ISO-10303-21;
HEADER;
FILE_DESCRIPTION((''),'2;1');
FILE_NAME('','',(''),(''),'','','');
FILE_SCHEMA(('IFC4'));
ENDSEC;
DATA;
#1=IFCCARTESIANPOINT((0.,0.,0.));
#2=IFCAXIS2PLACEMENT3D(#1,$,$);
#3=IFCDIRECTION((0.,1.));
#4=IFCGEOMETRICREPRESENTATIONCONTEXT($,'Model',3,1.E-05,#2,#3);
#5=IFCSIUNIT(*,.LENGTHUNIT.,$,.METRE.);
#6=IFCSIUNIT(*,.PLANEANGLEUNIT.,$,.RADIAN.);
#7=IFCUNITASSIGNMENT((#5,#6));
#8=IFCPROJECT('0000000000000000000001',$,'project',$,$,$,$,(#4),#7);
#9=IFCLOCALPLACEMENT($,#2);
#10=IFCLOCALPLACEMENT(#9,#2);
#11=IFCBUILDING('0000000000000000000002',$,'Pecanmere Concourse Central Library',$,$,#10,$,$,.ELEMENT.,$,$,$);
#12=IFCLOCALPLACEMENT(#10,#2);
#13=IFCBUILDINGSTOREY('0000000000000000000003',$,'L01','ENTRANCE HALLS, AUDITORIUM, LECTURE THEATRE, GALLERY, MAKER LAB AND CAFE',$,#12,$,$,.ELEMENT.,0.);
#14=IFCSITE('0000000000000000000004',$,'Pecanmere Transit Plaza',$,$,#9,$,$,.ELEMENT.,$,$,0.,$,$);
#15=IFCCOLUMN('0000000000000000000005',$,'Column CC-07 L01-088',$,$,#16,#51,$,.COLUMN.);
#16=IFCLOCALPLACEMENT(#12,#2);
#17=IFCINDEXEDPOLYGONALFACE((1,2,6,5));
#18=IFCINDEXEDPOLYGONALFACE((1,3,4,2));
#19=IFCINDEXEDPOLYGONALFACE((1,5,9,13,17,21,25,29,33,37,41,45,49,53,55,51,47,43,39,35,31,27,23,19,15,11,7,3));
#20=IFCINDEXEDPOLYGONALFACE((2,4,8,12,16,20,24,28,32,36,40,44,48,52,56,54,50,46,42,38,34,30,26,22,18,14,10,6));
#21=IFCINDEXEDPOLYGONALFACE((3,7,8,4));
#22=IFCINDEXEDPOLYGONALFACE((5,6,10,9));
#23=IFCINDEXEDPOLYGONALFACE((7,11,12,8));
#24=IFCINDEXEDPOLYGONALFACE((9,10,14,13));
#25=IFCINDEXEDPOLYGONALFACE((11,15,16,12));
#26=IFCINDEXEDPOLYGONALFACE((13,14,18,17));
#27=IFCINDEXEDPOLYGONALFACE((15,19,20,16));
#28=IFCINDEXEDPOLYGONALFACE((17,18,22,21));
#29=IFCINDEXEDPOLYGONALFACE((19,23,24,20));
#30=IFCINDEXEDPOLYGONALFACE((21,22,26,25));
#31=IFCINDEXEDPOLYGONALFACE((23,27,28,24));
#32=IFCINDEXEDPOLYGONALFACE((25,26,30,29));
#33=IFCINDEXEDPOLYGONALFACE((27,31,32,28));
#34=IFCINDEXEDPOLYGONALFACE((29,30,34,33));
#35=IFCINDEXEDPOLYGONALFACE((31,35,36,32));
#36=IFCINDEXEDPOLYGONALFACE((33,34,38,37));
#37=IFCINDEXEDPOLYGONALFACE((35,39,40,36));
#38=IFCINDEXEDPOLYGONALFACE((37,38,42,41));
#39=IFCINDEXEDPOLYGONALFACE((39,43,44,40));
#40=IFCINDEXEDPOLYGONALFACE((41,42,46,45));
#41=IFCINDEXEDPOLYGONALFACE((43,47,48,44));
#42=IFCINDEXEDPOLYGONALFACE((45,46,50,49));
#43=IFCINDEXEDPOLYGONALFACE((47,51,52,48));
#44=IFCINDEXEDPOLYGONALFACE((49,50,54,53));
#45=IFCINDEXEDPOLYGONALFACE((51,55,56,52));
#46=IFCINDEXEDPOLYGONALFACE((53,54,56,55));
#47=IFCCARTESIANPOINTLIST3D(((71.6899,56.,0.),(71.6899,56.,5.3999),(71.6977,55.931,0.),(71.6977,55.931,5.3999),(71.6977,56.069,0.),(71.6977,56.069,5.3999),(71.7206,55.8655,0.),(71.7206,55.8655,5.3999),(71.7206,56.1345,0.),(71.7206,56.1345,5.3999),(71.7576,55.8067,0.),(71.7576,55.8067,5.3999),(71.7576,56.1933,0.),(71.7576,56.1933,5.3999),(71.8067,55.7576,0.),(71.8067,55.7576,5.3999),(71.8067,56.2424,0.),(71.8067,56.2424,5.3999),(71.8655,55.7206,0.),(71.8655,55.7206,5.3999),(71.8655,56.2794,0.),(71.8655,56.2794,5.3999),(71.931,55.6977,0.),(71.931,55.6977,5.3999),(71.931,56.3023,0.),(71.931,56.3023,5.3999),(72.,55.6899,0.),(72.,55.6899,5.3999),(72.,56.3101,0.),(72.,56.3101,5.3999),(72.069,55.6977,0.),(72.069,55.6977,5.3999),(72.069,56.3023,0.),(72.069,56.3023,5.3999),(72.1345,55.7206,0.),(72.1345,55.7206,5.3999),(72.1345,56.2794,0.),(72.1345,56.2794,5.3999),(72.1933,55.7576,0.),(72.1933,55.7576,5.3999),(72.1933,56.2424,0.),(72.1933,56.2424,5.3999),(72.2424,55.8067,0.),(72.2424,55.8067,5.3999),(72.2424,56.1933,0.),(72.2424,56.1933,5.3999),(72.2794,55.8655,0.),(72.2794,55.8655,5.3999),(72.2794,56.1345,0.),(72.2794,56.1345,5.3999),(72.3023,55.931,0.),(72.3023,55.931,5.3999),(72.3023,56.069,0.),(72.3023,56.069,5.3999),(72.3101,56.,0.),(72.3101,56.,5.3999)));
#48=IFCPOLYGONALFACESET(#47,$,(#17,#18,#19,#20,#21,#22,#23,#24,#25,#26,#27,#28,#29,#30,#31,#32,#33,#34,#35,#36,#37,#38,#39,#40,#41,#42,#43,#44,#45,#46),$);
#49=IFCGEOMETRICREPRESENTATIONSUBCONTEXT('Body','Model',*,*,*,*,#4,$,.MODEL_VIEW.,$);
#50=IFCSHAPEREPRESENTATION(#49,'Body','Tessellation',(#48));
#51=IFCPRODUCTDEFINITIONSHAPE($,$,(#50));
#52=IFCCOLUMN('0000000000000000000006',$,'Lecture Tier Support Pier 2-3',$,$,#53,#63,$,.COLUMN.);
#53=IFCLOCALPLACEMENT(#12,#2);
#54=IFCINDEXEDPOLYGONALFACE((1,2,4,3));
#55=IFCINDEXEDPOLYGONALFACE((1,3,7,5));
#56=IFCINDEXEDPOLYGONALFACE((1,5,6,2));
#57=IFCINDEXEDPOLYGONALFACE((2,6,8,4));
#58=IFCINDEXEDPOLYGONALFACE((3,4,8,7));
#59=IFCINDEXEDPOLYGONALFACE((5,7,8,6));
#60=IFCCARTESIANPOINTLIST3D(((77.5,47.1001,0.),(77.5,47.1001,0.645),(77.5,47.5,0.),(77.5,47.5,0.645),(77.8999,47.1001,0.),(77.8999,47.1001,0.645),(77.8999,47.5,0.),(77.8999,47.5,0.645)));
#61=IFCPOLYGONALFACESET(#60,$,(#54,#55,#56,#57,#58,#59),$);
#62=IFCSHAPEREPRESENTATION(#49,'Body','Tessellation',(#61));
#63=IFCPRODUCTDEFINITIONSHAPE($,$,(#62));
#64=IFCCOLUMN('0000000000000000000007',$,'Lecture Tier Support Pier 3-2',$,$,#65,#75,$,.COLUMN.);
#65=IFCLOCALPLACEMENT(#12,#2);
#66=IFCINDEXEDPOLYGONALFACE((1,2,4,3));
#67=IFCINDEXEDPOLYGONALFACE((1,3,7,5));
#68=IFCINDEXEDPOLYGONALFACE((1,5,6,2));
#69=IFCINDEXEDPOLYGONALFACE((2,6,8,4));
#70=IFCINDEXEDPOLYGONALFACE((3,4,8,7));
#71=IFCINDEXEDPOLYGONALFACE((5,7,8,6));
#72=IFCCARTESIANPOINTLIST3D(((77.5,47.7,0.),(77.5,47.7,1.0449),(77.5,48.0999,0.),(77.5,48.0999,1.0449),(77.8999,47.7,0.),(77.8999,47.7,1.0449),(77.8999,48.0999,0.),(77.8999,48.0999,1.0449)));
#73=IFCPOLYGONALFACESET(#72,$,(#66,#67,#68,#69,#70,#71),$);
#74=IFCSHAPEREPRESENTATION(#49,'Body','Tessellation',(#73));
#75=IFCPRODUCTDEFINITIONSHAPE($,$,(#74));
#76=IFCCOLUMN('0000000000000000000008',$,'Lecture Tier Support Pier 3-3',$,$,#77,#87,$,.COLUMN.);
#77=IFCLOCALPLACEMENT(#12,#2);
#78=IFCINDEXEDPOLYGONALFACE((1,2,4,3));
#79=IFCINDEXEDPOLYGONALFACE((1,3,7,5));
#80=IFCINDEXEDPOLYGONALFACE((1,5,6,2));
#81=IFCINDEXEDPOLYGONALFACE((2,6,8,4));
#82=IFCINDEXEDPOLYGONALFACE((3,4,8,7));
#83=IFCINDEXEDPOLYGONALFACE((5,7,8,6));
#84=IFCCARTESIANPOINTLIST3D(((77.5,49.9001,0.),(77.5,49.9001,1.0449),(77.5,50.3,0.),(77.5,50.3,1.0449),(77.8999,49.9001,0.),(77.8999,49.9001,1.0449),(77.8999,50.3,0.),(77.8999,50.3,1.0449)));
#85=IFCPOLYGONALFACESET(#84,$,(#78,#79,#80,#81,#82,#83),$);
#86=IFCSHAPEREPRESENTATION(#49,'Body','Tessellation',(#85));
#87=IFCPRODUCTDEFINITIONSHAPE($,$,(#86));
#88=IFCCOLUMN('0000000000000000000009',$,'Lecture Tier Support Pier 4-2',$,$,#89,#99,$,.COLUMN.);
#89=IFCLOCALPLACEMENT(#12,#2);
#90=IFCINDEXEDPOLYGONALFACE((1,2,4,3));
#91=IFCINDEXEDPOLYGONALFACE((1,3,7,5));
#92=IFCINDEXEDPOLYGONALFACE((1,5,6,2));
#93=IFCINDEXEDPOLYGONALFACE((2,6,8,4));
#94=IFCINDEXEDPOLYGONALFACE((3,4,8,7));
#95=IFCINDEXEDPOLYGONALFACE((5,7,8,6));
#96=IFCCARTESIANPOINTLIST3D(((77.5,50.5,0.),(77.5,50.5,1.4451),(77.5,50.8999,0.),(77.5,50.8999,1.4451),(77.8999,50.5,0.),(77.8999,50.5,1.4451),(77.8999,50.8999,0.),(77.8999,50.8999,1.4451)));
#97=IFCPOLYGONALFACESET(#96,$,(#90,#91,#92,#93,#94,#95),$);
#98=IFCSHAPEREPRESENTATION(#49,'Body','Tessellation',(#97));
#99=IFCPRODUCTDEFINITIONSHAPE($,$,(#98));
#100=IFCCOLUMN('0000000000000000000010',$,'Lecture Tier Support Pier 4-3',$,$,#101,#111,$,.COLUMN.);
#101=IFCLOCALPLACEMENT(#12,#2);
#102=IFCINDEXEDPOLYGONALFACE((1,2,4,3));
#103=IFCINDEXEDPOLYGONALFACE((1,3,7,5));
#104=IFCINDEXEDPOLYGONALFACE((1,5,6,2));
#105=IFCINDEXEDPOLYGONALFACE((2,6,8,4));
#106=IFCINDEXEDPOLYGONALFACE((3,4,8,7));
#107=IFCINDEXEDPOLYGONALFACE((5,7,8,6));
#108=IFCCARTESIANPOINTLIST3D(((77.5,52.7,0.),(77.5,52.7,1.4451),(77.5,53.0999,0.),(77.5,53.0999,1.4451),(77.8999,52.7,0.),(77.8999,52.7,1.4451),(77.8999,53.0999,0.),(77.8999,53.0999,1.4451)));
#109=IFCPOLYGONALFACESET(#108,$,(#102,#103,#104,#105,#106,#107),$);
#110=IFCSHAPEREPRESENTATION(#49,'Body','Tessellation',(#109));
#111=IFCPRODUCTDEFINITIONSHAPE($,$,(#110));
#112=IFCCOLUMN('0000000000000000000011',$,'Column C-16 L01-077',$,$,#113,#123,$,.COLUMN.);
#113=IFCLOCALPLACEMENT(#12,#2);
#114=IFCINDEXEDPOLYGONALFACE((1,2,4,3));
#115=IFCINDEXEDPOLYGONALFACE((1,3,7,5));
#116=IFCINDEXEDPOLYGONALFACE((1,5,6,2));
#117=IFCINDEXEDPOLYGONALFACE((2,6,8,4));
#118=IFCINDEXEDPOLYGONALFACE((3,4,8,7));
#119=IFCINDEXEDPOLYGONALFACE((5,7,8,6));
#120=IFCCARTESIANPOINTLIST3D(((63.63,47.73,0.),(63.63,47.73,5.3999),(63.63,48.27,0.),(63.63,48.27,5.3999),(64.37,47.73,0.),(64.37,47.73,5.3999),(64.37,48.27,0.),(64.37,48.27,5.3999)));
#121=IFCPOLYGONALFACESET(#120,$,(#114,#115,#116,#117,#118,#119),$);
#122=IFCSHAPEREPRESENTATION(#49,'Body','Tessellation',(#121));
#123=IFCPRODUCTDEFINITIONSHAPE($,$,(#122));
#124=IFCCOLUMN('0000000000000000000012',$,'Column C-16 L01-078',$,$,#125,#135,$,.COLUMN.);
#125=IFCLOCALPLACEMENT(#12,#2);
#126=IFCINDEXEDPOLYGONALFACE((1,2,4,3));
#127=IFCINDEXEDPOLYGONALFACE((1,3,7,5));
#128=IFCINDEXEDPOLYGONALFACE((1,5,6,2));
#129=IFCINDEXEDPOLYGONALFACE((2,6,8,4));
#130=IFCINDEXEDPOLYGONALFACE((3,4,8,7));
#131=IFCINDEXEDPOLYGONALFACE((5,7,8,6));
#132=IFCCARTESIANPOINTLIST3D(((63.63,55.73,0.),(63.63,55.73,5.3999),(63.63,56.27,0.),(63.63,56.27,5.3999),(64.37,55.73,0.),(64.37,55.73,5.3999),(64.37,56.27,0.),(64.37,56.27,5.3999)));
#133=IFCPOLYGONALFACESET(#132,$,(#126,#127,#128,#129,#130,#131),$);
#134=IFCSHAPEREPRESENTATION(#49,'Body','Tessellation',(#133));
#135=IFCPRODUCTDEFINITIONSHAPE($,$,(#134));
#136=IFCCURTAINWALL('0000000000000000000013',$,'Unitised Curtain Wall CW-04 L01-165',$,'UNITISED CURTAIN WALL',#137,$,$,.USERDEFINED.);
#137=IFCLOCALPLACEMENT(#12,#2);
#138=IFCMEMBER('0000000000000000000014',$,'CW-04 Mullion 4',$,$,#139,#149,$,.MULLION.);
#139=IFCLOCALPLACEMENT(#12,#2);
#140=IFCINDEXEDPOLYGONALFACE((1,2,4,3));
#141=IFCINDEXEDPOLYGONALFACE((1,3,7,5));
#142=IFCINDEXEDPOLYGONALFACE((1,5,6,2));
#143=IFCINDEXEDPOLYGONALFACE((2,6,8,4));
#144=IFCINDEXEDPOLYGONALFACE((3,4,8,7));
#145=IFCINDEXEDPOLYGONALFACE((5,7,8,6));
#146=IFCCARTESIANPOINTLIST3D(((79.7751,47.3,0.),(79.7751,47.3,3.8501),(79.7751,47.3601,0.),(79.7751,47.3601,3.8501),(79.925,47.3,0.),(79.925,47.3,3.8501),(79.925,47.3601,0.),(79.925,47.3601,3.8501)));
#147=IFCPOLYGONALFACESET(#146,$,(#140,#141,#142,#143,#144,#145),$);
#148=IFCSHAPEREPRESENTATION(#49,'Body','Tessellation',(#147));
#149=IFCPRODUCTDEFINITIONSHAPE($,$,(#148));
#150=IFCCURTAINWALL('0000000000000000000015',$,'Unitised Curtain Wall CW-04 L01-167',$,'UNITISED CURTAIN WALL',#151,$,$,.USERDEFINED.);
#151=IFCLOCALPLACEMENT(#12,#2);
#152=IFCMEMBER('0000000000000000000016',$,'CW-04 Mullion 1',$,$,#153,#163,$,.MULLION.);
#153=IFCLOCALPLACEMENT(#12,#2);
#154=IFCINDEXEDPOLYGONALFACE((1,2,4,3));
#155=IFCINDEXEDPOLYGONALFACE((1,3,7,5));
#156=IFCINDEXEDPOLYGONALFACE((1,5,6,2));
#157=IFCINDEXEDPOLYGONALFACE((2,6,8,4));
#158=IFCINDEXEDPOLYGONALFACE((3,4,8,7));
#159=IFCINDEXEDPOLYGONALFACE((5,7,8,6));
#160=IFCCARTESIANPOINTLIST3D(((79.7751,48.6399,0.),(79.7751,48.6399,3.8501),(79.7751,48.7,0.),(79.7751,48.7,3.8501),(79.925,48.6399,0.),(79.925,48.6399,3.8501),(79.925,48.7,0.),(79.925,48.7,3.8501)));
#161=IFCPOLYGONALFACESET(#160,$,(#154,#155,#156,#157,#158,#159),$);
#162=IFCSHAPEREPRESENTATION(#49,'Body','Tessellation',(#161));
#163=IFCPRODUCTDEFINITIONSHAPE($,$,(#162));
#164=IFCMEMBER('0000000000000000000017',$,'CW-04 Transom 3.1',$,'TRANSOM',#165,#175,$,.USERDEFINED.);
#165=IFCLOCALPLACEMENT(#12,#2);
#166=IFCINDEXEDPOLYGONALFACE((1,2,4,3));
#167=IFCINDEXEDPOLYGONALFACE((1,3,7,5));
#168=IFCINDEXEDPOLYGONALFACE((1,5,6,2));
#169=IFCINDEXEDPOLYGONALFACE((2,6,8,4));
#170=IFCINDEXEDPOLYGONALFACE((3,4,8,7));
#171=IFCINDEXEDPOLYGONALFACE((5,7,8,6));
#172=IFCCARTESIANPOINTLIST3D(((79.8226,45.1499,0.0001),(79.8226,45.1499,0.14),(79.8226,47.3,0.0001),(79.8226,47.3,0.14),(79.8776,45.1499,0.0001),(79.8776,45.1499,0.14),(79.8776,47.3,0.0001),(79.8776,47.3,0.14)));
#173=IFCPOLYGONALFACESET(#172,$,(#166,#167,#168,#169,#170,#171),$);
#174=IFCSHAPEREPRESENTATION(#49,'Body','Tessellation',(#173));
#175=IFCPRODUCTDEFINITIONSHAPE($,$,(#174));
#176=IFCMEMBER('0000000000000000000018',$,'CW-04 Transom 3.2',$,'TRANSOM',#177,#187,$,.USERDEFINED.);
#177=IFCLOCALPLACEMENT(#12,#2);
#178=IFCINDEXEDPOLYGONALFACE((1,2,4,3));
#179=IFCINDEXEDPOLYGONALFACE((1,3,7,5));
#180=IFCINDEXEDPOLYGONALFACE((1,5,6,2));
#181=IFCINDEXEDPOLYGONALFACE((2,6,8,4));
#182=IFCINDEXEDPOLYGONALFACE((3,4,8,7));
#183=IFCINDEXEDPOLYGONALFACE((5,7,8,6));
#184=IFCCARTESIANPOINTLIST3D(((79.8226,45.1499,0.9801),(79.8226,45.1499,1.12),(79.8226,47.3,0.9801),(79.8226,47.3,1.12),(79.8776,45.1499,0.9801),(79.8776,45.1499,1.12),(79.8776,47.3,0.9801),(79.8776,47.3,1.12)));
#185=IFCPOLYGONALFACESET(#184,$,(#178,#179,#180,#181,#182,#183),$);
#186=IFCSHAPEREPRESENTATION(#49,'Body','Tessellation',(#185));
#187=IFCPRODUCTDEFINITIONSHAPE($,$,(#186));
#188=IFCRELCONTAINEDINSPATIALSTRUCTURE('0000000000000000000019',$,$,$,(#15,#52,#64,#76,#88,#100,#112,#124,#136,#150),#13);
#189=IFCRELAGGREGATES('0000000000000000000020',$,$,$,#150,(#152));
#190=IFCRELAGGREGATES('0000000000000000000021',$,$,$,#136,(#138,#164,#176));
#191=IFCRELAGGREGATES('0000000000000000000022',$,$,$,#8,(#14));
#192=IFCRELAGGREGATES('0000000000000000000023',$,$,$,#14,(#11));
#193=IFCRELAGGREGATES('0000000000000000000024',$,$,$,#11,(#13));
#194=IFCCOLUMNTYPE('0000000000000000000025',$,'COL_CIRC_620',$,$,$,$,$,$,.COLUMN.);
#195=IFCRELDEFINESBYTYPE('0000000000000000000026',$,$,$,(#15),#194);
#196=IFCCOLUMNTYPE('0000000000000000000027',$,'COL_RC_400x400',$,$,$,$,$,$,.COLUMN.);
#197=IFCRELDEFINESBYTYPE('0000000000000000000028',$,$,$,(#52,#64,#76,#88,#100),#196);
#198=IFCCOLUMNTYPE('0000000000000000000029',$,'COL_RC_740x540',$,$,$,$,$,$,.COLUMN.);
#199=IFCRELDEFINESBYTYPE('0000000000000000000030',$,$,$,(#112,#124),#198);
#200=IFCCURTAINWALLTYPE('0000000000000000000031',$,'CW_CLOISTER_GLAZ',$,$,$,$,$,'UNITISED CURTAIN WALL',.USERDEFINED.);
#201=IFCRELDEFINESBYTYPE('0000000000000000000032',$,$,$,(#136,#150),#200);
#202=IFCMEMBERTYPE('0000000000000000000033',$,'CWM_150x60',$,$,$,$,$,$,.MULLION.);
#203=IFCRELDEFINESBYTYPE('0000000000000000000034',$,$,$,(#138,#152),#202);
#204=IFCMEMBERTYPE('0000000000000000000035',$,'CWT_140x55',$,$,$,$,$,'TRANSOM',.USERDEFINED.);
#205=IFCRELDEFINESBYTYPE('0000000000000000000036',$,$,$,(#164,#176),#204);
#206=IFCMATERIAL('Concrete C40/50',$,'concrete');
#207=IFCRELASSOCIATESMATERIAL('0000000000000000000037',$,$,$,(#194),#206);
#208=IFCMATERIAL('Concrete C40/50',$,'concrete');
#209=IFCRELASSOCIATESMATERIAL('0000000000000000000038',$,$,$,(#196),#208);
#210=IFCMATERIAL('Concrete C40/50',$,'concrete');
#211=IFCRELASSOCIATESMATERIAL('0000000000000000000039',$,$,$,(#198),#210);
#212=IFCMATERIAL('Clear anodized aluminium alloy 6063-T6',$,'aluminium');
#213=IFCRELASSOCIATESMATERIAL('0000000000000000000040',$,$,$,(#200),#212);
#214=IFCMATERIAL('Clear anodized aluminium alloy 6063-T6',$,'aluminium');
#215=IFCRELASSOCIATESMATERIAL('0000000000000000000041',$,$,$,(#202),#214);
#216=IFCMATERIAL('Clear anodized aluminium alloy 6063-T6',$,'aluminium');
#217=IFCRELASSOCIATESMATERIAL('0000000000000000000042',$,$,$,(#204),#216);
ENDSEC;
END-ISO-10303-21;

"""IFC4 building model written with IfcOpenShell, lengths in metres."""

from ifc_helpers import new_model, si_unit, direction, frame, origin, origin_2d, place, context, subcontext, project, spatial, rectangle, circle, extrude, material, material_profile, profile_set, type_object, element, aggregate, save


model = new_model("IFC4")

# Units and contexts
model_context = context("Model", 3, precision=1e-05, world=origin(), true_north=direction((0.0, 1.0)))
body_context = subcontext(model_context, "Body", "Model", "MODEL_VIEW")
ifc_project = project(units=[si_unit("LENGTHUNIT", "METRE"), si_unit("PLANEANGLEUNIT", "RADIAN")], contexts=[model_context])

# Site, building, storey
site_placement = place(None, origin())
site = spatial("IfcSite", under=ifc_project, at=site_placement, Name="Pecanmere Transit Plaza", CompositionType="ELEMENT", RefElevation=0.0)
building_placement = place(site_placement, origin())
building = spatial("IfcBuilding", under=site, at=building_placement, Name="Pecanmere Concourse Central Library", CompositionType="ELEMENT")
storey_placement = place(building_placement, origin())
storey = spatial("IfcBuildingStorey", under=building, at=storey_placement, Name="L01", Description="ENTRANCE HALLS, AUDITORIUM, LECTURE THEATRE, GALLERY, MAKER LAB AND CAFE", CompositionType="ELEMENT", Elevation=0.0)

# Columns
ifc_material_1 = material(Name="Concrete C40/50", Category="concrete")
ifc_material_profile_1 = material_profile(ifc_material_1, circle(Radius=0.3101, at=origin_2d()), Name="RC D620")
ifc_profile_set_1 = profile_set([ifc_material_profile_1], Name="Concrete C40/50")
column_type_1 = type_object("IfcColumnType", Name="COL_CIRC_620", PredefinedType="COLUMN", material=ifc_profile_set_1)
column_1_placement = place(storey_placement, frame((72.0, 56.0, 0.0), z_axis=(0.0, 0.0, 1.0), x_axis=(1.0, 0.0, 0.0)))
element("IfcColumn", 1, at=column_1_placement, inside=storey, type_object=column_type_1, Name="Column CC-07 L01-088", PredefinedType="COLUMN", context=body_context, shape_type="SweptSolid", body=[
    extrude(circle(Radius=0.3101, at=origin_2d()), origin(), (0.0, 0.0, 1.0), 5.3999),
])
ifc_material_2 = material(Name="Concrete C40/50", Category="concrete")
ifc_material_profile_2 = material_profile(ifc_material_2, rectangle(XDim=0.3999, YDim=0.3999, at=origin_2d()), Name="RC 400x400")
ifc_profile_set_2 = profile_set([ifc_material_profile_2], Name="Concrete C40/50")
column_type_2 = type_object("IfcColumnType", Name="COL_RC_400x400", PredefinedType="COLUMN", material=ifc_profile_set_2)
column_2_placement = place(storey_placement, frame((77.7, 47.3, 0.0), z_axis=(0.0, 0.0, 1.0), x_axis=(1.0, 0.0, 0.0)))
element("IfcColumn", 2, at=column_2_placement, inside=storey, type_object=column_type_2, Name="Lecture Tier Support Pier 2-3", PredefinedType="COLUMN", context=body_context, shape_type="SweptSolid", body=[
    extrude(rectangle(XDim=0.3999, YDim=0.3999, at=origin_2d()), origin(), (0.0, 0.0, 1.0), 0.645),
])
for number, where, z_axis, x_axis, name in (
    (3, (77.7, 47.8999, 0.0), (0.0, 0.0, 1.0), (1.0, 0.0, 0.0), "Lecture Tier Support Pier 3-2"),
    (4, (77.7, 50.1001, 0.0), (0.0, 0.0, 1.0), (1.0, 0.0, 0.0), "Lecture Tier Support Pier 3-3"),
):
    element("IfcColumn", number, at=place(storey_placement, frame(where, z_axis=z_axis, x_axis=x_axis)), inside=storey, type_object=column_type_2, Name=name, PredefinedType="COLUMN", context=body_context, shape_type="SweptSolid", body=[
        extrude(rectangle(XDim=0.3999, YDim=0.3999, at=origin_2d()), origin(), (0.0, 0.0, 1.0), 1.0449),
    ])
for number, where, z_axis, x_axis, name in (
    (5, (77.7, 50.7, 0.0), (0.0, 0.0, 1.0), (1.0, 0.0, 0.0), "Lecture Tier Support Pier 4-2"),
    (6, (77.7, 52.8999, 0.0), (0.0, 0.0, 1.0), (1.0, 0.0, 0.0), "Lecture Tier Support Pier 4-3"),
):
    element("IfcColumn", number, at=place(storey_placement, frame(where, z_axis=z_axis, x_axis=x_axis)), inside=storey, type_object=column_type_2, Name=name, PredefinedType="COLUMN", context=body_context, shape_type="SweptSolid", body=[
        extrude(rectangle(XDim=0.3999, YDim=0.3999, at=origin_2d()), origin(), (0.0, 0.0, 1.0), 1.4451),
    ])
ifc_material_3 = material(Name="Concrete C40/50", Category="concrete")
ifc_material_profile_3 = material_profile(ifc_material_3, rectangle(XDim=0.74, YDim=0.54, at=origin_2d()), Name="RC 740x540")
ifc_profile_set_3 = profile_set([ifc_material_profile_3], Name="Concrete C40/50")
column_type_3 = type_object("IfcColumnType", Name="COL_RC_740x540", PredefinedType="COLUMN", material=ifc_profile_set_3)
for number, where, z_axis, x_axis, name in (
    (7, (64.0, 48.0, 0.0), (0.0, 0.0, 1.0), (1.0, 0.0, 0.0), "Column C-16 L01-077"),
    (8, (64.0, 56.0, 0.0), (0.0, 0.0, 1.0), (1.0, 0.0, 0.0), "Column C-16 L01-078"),
):
    element("IfcColumn", number, at=place(storey_placement, frame(where, z_axis=z_axis, x_axis=x_axis)), inside=storey, type_object=column_type_3, Name=name, PredefinedType="COLUMN", context=body_context, shape_type="SweptSolid", body=[
        extrude(rectangle(XDim=0.74, YDim=0.54, at=origin_2d()), origin(), (0.0, 0.0, 1.0), 5.3999),
    ])

# Curtain walls, members
ifc_material_4 = material(Name="Clear anodized aluminium alloy 6063-T6", Category="aluminium")
curtain_wall_type = type_object("IfcCurtainWallType", Name="CW_CLOISTER_GLAZ", ElementType="UNITISED CURTAIN WALL", PredefinedType="USERDEFINED", material=ifc_material_4)
curtain_wall_1_placement = place(storey_placement, origin())
curtain_wall_1 = element("IfcCurtainWall", 9, at=curtain_wall_1_placement, inside=storey, type_object=curtain_wall_type, Name="Unitised Curtain Wall CW-04 L01-165", ObjectType="UNITISED CURTAIN WALL", PredefinedType="USERDEFINED")
ifc_material_5 = material(Name="Clear anodized aluminium alloy 6063-T6", Category="aluminium")
ifc_material_profile_4 = material_profile(ifc_material_5, rectangle(XDim=0.0601, YDim=0.1499, at=origin_2d()), Name="AL 60x150")
ifc_profile_set_4 = profile_set([ifc_material_profile_4], Name="Clear anodized aluminium alloy 6063-T6")
member_type_1 = type_object("IfcMemberType", Name="CWM_150x60", PredefinedType="MULLION", material=ifc_profile_set_4)
member_1_placement = place(storey_placement, frame((79.8501, 47.3301, 0.0), z_axis=(0.0, 0.0, 1.0), x_axis=(0.0, 1.0, 0.0)))
member_1 = element("IfcMember", 10, at=member_1_placement, type_object=member_type_1, Name="CW-04 Mullion 4", PredefinedType="MULLION", context=body_context, shape_type="SweptSolid", body=[
    extrude(rectangle(XDim=0.0601, YDim=0.1499, at=origin_2d()), origin(), (0.0, 0.0, 1.0), 3.8501),
])
curtain_wall_2_placement = place(storey_placement, origin())
curtain_wall_2 = element("IfcCurtainWall", 11, at=curtain_wall_2_placement, inside=storey, type_object=curtain_wall_type, Name="Unitised Curtain Wall CW-04 L01-167", ObjectType="UNITISED CURTAIN WALL", PredefinedType="USERDEFINED")
member_2_placement = place(storey_placement, frame((79.8501, 48.6699, 0.0), z_axis=(0.0, 0.0, 1.0), x_axis=(0.0, 1.0, 0.0)))
member_2 = element("IfcMember", 12, at=member_2_placement, type_object=member_type_1, Name="CW-04 Mullion 1", PredefinedType="MULLION", context=body_context, shape_type="SweptSolid", body=[
    extrude(rectangle(XDim=0.0601, YDim=0.1499, at=origin_2d()), origin(), (0.0, 0.0, 1.0), 3.8501),
])

# Members
ifc_material_6 = material(Name="Clear anodized aluminium alloy 6063-T6", Category="aluminium")
ifc_material_profile_5 = material_profile(ifc_material_6, rectangle(XDim=0.0549, YDim=0.1399, at=origin_2d()), Name="AL 55x140")
ifc_profile_set_5 = profile_set([ifc_material_profile_5], Name="Clear anodized aluminium alloy 6063-T6")
member_type_2 = type_object("IfcMemberType", Name="CWT_140x55", ElementType="TRANSOM", PredefinedType="USERDEFINED", material=ifc_profile_set_5)
member_3_placement = place(storey_placement, frame((79.8501, 45.1499, 0.0701), z_axis=(0.0, 1.0, 0.0), x_axis=(-1.0, 0.0, 0.0)))
member_3 = element("IfcMember", 13, at=member_3_placement, type_object=member_type_2, Name="CW-04 Transom 3.1", ObjectType="TRANSOM", PredefinedType="USERDEFINED", context=body_context, shape_type="SweptSolid", body=[
    extrude(rectangle(XDim=0.0549, YDim=0.1399, at=origin_2d()), origin(), (0.0, 0.0, 1.0), 2.1501),
])
member_4_placement = place(storey_placement, frame((79.8501, 45.1499, 1.05), z_axis=(0.0, 1.0, 0.0), x_axis=(-1.0, 0.0, 0.0)))
member_4 = element("IfcMember", 14, at=member_4_placement, type_object=member_type_2, Name="CW-04 Transom 3.2", ObjectType="TRANSOM", PredefinedType="USERDEFINED", context=body_context, shape_type="SweptSolid", body=[
    extrude(rectangle(XDim=0.0549, YDim=0.1399, at=origin_2d()), origin(), (0.0, 0.0, 1.0), 2.1501),
])
aggregate(curtain_wall_2, [member_2])

aggregate(curtain_wall_1, [member_1, member_3, member_4])

save(model, "model.ifc")
